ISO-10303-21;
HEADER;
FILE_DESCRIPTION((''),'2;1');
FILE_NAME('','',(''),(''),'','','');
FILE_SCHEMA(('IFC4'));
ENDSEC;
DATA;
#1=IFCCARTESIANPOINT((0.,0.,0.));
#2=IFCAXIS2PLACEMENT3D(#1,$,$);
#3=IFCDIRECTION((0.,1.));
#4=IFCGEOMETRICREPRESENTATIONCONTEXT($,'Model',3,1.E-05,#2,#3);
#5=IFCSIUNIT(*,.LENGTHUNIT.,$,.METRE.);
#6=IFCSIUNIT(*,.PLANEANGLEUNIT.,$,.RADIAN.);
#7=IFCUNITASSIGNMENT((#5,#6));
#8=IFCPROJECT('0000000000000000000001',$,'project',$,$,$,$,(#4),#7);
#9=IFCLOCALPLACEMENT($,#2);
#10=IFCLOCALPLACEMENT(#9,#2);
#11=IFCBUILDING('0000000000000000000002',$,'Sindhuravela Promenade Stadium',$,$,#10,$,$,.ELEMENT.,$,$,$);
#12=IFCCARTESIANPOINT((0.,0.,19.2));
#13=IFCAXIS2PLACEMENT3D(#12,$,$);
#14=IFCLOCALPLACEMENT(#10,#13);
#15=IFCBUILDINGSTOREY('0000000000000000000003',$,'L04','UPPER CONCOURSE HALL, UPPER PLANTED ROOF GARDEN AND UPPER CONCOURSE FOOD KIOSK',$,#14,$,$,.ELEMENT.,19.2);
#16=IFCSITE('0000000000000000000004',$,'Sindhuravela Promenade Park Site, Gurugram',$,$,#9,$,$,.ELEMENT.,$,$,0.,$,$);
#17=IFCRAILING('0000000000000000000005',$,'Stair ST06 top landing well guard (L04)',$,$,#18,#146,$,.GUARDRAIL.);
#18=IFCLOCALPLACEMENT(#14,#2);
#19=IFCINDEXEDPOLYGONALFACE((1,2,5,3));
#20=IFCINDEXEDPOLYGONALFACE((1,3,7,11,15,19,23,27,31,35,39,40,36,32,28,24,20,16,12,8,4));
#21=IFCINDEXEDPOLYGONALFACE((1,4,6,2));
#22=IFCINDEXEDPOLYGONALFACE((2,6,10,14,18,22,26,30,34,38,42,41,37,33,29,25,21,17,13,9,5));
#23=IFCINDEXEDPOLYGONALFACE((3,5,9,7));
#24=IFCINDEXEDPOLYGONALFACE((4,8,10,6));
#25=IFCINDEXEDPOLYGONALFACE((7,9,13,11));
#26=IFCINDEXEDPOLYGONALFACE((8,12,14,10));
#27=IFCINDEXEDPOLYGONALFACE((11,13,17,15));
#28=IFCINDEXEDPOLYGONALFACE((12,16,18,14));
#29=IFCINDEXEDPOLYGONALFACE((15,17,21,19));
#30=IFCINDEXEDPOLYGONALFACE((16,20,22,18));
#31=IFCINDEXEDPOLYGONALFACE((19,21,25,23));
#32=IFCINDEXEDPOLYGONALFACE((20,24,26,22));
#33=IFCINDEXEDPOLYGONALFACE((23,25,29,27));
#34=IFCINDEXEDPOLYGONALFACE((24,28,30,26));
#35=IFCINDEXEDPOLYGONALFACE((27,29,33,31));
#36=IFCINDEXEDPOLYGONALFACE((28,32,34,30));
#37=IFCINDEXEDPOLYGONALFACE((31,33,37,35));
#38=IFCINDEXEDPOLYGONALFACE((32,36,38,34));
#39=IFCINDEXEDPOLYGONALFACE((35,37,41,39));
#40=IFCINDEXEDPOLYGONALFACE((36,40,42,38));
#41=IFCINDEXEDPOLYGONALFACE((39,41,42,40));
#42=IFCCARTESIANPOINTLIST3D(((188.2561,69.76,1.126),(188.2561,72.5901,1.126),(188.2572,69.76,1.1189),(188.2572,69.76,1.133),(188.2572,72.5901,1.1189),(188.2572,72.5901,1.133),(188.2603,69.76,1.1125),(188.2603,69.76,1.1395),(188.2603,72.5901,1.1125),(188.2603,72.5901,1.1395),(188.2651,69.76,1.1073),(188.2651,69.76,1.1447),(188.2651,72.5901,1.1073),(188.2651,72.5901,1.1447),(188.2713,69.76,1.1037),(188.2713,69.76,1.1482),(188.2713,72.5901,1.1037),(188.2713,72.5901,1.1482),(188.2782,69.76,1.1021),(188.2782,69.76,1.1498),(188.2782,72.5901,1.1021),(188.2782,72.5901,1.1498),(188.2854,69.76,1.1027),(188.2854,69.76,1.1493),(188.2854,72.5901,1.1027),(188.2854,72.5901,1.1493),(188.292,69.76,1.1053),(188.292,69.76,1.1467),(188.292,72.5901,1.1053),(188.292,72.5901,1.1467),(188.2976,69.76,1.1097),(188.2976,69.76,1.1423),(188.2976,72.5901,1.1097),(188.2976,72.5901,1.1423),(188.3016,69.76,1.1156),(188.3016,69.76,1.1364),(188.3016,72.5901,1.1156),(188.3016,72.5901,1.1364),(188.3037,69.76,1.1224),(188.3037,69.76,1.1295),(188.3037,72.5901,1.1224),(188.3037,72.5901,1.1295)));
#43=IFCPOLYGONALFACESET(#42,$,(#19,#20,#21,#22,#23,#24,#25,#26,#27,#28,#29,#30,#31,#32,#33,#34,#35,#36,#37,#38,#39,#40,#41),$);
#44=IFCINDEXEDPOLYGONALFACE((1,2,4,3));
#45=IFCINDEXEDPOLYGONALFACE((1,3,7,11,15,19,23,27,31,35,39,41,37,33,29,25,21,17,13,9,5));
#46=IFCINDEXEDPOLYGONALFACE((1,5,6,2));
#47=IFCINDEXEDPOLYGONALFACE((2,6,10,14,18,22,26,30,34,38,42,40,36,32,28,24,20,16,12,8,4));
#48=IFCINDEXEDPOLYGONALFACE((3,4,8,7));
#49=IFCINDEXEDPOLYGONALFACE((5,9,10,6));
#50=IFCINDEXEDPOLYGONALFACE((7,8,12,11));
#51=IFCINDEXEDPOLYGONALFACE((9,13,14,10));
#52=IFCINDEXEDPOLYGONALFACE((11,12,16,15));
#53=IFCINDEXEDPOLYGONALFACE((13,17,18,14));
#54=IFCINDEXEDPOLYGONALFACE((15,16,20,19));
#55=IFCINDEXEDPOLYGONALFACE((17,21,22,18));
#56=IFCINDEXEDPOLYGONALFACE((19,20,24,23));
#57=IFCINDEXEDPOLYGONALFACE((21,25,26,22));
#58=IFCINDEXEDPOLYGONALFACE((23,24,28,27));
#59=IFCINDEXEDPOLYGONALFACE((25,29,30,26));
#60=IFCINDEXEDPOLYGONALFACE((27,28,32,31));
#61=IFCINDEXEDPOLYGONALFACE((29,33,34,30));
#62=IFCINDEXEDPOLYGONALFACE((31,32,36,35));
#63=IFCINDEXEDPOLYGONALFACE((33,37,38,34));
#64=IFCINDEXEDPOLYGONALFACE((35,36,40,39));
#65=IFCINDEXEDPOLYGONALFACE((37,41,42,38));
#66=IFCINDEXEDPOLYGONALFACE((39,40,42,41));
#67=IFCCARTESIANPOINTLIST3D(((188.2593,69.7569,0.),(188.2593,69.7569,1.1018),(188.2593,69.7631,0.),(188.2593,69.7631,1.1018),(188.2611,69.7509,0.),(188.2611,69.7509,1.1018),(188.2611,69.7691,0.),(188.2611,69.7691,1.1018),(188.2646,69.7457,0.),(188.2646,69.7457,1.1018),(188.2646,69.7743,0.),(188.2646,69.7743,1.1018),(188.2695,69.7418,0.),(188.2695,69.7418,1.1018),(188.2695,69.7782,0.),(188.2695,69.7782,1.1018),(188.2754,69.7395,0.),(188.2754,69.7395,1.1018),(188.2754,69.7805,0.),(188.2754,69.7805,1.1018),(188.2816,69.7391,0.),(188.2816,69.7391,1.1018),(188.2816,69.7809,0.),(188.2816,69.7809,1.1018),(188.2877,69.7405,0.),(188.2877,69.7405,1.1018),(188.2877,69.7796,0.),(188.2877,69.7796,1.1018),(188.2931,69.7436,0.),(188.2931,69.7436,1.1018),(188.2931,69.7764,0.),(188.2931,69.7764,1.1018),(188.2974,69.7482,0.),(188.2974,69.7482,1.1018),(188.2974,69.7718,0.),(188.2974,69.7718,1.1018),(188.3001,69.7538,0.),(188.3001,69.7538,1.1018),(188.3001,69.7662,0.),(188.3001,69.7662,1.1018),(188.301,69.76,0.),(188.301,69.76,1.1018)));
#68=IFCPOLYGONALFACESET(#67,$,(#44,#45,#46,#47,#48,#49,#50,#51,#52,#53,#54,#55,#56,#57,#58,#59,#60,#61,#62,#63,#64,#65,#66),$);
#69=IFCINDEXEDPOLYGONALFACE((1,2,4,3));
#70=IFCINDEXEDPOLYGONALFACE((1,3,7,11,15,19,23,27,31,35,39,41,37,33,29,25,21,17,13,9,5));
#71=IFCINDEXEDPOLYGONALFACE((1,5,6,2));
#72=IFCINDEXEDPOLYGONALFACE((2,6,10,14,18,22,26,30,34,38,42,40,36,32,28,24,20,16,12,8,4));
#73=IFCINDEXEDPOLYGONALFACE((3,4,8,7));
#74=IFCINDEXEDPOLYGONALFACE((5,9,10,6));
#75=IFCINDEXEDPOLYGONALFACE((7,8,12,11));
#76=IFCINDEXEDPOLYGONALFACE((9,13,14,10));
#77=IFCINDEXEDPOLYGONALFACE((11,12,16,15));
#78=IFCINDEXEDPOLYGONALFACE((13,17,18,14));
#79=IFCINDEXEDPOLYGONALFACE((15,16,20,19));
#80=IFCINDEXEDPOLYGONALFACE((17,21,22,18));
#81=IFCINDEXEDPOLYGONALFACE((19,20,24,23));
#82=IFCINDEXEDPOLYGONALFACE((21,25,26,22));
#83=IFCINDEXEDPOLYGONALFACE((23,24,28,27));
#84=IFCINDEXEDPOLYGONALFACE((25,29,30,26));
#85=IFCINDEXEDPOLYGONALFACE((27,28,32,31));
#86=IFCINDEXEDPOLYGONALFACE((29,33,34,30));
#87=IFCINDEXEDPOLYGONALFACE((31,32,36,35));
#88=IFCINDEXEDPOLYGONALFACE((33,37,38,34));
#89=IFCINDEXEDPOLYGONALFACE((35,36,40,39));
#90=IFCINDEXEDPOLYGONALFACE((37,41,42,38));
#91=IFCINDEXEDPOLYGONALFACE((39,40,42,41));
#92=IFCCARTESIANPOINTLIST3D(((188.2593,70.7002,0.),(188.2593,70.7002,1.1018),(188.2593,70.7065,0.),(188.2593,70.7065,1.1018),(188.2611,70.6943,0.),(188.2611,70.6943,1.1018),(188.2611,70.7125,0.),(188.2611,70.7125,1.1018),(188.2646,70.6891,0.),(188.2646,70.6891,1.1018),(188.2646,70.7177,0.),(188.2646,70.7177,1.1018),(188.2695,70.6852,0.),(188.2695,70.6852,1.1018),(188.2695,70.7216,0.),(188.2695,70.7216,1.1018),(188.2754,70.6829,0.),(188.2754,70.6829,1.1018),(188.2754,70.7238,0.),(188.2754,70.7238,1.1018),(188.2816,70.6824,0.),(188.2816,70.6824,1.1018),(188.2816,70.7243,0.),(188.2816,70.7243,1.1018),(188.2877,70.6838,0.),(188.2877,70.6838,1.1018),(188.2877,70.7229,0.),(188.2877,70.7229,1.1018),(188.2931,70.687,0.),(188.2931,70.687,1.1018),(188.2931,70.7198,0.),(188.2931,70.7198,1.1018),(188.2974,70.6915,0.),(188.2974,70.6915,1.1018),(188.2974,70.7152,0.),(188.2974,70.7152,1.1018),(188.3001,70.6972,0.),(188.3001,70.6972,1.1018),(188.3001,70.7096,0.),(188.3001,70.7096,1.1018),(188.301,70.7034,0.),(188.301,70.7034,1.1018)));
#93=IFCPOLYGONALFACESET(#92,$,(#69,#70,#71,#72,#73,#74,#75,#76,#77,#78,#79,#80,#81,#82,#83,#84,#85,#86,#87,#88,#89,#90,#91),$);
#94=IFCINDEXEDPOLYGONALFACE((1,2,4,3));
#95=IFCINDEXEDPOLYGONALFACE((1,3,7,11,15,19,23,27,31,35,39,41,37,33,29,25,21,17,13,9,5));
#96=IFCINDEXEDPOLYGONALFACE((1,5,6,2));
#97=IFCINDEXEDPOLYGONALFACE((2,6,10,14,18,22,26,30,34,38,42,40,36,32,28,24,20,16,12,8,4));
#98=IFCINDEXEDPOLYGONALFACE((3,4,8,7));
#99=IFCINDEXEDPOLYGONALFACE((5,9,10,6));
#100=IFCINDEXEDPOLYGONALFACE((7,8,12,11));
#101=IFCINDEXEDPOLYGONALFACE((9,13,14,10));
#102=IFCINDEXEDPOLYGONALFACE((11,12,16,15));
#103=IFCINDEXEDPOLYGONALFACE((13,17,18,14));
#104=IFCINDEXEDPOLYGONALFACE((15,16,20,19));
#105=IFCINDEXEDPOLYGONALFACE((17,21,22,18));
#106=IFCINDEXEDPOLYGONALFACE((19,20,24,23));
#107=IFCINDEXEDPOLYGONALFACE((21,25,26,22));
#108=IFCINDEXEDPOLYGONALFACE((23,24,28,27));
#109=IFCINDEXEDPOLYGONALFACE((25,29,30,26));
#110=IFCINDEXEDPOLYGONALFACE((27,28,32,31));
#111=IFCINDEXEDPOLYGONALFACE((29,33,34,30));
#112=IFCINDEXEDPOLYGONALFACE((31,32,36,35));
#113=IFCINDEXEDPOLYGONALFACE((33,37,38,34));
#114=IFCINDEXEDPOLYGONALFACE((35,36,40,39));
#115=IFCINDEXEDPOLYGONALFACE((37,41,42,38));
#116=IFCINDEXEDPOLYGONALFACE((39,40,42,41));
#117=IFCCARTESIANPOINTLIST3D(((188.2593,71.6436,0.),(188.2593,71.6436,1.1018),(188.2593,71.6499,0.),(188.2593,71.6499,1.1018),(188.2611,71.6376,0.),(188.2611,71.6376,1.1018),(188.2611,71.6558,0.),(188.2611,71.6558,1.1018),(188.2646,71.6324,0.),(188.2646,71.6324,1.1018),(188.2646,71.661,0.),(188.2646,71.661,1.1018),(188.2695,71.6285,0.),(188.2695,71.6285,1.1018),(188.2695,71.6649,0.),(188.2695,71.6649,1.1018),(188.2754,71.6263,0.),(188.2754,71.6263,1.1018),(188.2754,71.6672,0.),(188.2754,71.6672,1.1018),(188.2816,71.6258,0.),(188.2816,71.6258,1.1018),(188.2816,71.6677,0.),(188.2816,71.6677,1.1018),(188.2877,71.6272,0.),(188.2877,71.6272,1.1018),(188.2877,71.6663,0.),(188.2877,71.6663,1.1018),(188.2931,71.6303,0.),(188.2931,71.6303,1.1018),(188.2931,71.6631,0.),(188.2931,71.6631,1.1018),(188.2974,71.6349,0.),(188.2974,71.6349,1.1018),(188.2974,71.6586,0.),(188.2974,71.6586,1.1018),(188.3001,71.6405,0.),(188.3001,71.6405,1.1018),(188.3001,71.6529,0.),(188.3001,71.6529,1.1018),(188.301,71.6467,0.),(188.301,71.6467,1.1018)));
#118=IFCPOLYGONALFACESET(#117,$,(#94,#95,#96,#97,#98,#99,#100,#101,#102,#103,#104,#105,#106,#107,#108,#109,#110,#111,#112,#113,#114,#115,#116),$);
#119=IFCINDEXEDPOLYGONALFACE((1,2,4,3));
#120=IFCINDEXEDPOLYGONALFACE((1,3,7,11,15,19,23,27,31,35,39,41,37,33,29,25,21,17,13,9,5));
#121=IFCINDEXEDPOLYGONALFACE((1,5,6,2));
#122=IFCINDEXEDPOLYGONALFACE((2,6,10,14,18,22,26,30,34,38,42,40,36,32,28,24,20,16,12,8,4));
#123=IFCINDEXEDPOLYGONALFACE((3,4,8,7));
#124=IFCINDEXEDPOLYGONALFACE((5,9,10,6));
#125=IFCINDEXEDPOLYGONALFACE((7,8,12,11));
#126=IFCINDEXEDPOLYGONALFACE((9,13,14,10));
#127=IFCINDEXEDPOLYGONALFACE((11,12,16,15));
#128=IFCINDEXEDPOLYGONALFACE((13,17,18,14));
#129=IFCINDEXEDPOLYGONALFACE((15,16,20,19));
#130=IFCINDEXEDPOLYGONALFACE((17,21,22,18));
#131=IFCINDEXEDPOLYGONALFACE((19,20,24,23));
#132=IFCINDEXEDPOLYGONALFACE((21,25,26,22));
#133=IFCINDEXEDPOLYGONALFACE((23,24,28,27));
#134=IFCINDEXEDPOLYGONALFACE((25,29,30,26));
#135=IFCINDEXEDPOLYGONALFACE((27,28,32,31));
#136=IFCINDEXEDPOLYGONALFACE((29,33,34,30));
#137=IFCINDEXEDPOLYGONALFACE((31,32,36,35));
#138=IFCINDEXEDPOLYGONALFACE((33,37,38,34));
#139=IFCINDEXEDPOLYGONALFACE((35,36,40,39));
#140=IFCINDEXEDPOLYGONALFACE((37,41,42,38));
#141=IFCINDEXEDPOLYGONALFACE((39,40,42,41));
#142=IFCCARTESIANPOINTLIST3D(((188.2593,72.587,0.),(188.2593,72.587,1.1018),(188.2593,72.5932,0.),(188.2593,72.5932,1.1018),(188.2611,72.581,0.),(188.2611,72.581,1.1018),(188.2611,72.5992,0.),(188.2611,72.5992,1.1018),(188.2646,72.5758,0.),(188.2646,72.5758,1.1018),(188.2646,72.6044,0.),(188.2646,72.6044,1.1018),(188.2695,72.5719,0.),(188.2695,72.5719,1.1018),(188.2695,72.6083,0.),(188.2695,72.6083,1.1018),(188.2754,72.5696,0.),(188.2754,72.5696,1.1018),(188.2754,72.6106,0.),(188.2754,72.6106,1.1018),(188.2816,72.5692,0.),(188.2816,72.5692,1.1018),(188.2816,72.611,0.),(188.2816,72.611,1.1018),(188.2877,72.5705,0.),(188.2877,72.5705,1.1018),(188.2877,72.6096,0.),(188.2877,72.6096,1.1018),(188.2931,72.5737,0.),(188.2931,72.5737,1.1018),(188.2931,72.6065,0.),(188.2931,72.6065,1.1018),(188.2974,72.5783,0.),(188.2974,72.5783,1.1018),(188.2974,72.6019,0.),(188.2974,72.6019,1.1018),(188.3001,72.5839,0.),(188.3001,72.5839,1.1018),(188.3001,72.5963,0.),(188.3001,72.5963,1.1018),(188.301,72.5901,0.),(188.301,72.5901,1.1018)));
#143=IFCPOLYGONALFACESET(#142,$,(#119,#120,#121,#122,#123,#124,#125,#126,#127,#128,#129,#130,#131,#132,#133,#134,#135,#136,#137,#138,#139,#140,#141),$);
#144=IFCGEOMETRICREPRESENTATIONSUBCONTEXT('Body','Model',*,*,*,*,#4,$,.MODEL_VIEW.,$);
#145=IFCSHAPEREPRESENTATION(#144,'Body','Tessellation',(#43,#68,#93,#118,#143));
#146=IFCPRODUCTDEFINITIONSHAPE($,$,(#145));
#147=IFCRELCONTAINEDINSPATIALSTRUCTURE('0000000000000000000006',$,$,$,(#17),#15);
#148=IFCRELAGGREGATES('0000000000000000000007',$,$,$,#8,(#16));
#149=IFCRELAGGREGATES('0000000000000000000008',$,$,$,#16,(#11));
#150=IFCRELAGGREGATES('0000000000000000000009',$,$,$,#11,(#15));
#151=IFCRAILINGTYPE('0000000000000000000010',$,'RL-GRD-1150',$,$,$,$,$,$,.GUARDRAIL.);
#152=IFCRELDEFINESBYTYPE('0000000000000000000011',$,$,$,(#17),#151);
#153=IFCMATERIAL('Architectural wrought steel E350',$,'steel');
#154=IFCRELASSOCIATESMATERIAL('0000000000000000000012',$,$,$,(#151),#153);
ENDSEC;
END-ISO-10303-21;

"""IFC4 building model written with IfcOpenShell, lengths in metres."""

from ifc_helpers import new_model, si_unit, direction, frame, origin, origin_2d, place, context, subcontext, project, spatial, circle, extrude, material, type_object, element, save


model = new_model("IFC4")

# Units and contexts
model_context = context("Model", 3, precision=1e-05, world=origin(), true_north=direction((0.0, 1.0)))
body_context = subcontext(model_context, "Body", "Model", "MODEL_VIEW")
ifc_project = project(units=[si_unit("LENGTHUNIT", "METRE"), si_unit("PLANEANGLEUNIT", "RADIAN")], contexts=[model_context])

# Site, building, storey
site_placement = place(None, origin())
site = spatial("IfcSite", under=ifc_project, at=site_placement, Name="Sindhuravela Promenade Park Site, Gurugram", CompositionType="ELEMENT", RefElevation=0.0)
building_placement = place(site_placement, origin())
building = spatial("IfcBuilding", under=site, at=building_placement, Name="Sindhuravela Promenade Stadium", CompositionType="ELEMENT")
storey_placement = place(building_placement, frame((0.0, 0.0, 19.2)))
storey = spatial("IfcBuildingStorey", under=building, at=storey_placement, Name="L04", Description="UPPER CONCOURSE HALL, UPPER PLANTED ROOF GARDEN AND UPPER CONCOURSE FOOD KIOSK", CompositionType="ELEMENT", Elevation=19.2)

# Railing
ifc_material_1 = material(Name="Architectural wrought steel E350", Category="steel")
railing_type = type_object("IfcRailingType", Name="RL-GRD-1150", PredefinedType="GUARDRAIL", material=ifc_material_1)
railing_1_placement = place(storey_placement, frame((188.28, 69.76, 0.0)))
element("IfcRailing", 1, at=railing_1_placement, inside=storey, type_object=railing_type, Name="Stair ST06 top landing well guard (L04)", PredefinedType="GUARDRAIL", context=body_context, shape_type="SweptSolid", body=[
    extrude(circle(Radius=0.0239, at=origin_2d()), frame((0.0, 0.0, 1.126), z_axis=(0.0, 1.0, 0.0), x_axis=(-1.0, 0.0, 0.0)), (0.0, 0.0, 1.0), 2.8301),
    extrude(circle(Radius=0.021, at=origin_2d()), origin(), (0.0, 0.0, 1.0), 1.1018),
    extrude(circle(Radius=0.021, at=origin_2d()), frame((0.0, 0.9434, 0.0)), (0.0, 0.0, 1.0), 1.1018),
    extrude(circle(Radius=0.021, at=origin_2d()), frame((0.0, 1.8867, 0.0)), (0.0, 0.0, 1.0), 1.1018),
    extrude(circle(Radius=0.021, at=origin_2d()), frame((0.0, 2.8301, 0.0)), (0.0, 0.0, 1.0), 1.1018),
])

save(model, "model.ifc")
